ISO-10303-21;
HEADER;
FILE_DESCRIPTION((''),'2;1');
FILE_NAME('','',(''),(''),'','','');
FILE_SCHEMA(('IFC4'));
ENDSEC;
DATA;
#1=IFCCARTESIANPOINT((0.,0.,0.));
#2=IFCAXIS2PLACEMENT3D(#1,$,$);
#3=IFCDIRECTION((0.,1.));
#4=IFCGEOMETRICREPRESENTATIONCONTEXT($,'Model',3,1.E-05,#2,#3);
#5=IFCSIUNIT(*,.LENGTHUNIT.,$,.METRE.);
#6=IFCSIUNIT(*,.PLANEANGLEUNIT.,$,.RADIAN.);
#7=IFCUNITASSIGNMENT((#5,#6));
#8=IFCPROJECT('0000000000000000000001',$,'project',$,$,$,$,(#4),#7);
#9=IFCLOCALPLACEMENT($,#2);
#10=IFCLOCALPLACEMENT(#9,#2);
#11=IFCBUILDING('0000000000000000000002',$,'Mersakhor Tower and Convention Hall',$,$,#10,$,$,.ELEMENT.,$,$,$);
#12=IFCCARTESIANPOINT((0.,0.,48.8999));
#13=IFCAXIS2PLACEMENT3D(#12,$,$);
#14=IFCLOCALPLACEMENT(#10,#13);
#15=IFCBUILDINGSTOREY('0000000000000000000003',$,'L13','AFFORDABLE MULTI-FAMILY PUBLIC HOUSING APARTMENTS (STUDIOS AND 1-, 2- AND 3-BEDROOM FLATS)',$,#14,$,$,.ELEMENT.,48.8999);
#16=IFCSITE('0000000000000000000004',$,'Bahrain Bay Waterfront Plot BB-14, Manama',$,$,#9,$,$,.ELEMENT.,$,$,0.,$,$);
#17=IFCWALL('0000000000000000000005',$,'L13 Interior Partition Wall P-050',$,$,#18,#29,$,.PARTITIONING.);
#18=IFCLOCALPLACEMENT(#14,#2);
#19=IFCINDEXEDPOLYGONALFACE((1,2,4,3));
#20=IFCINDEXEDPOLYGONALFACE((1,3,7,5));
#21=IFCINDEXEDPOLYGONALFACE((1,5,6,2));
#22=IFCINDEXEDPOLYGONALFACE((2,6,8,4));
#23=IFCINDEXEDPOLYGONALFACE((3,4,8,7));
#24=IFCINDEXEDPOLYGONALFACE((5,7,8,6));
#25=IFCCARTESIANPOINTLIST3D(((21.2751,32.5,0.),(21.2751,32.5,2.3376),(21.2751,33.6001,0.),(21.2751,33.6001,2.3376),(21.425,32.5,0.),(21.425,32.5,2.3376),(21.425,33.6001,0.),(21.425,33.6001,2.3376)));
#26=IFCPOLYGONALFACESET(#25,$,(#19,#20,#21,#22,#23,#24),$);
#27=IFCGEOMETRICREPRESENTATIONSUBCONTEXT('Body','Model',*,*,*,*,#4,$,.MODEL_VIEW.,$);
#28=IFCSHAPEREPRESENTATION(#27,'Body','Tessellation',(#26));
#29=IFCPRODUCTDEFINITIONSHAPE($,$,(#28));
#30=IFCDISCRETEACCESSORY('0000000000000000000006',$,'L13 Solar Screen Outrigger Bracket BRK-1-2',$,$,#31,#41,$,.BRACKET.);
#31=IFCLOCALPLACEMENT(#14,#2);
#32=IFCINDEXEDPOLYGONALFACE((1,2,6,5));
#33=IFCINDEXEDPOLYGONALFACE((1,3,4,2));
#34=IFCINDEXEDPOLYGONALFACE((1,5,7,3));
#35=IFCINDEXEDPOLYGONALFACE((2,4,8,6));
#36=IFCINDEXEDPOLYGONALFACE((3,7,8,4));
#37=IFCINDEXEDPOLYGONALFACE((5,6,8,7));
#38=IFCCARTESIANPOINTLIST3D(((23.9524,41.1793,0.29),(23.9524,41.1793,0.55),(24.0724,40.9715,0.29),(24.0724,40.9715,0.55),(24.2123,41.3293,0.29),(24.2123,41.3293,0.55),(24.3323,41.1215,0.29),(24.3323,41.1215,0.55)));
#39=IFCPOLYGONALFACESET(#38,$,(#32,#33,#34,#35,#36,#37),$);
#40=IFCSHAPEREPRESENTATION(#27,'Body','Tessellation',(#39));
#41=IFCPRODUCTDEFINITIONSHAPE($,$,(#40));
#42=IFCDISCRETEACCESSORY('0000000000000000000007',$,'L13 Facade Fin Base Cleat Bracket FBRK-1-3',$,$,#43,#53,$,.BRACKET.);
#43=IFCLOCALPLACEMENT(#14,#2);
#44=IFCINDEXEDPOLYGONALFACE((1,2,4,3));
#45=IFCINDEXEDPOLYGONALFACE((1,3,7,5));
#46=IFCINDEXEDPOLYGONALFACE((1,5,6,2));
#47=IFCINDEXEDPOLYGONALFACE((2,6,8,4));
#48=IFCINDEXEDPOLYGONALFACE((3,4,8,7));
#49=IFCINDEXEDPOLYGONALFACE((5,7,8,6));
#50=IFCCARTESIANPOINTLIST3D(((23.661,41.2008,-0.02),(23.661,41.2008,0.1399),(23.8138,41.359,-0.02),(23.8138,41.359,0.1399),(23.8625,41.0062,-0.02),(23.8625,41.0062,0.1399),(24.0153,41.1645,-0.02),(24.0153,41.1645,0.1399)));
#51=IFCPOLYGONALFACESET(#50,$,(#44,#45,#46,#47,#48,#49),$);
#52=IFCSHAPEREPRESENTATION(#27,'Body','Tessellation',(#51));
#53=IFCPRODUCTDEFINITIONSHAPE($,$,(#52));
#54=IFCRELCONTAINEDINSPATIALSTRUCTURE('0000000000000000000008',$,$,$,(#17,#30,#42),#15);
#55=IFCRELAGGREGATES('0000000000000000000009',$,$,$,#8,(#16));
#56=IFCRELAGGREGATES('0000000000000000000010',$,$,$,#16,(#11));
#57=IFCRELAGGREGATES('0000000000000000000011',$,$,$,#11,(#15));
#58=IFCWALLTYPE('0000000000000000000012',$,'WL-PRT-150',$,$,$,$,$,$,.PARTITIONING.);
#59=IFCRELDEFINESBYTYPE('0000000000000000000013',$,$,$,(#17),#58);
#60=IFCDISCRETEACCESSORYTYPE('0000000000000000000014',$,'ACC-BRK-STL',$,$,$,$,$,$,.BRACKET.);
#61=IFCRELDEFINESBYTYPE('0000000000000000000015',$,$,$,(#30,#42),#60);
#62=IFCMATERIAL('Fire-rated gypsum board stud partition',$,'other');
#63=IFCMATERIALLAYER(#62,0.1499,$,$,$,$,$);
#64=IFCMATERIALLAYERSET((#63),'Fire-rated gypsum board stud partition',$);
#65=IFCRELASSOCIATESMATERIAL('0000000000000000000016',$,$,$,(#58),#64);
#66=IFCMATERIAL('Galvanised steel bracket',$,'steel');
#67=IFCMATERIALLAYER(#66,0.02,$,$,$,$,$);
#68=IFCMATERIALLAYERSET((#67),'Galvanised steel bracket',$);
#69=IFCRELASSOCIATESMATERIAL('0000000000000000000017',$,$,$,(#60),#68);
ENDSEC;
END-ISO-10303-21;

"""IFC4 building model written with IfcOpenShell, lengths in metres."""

from ifc_helpers import new_model, si_unit, direction, frame, frame_2d, origin, origin_2d, place, context, subcontext, project, spatial, rectangle, extrude, material, layer, layer_set, type_object, element, save


model = new_model("IFC4")

# Units and contexts
model_context = context("Model", 3, precision=1e-05, world=origin(), true_north=direction((0.0, 1.0)))
body_context = subcontext(model_context, "Body", "Model", "MODEL_VIEW")
ifc_project = project(units=[si_unit("LENGTHUNIT", "METRE"), si_unit("PLANEANGLEUNIT", "RADIAN")], contexts=[model_context])

# Site, building, storey
site_placement = place(None, origin())
site = spatial("IfcSite", under=ifc_project, at=site_placement, Name="Bahrain Bay Waterfront Plot BB-14, Manama", CompositionType="ELEMENT", RefElevation=0.0)
building_placement = place(site_placement, origin())
building = spatial("IfcBuilding", under=site, at=building_placement, Name="Mersakhor Tower and Convention Hall", CompositionType="ELEMENT")
storey_placement = place(building_placement, frame((0.0, 0.0, 48.8999)))
storey = spatial("IfcBuildingStorey", under=building, at=storey_placement, Name="L13", Description="AFFORDABLE MULTI-FAMILY PUBLIC HOUSING APARTMENTS (STUDIOS AND 1-, 2- AND 3-BEDROOM FLATS)", CompositionType="ELEMENT", Elevation=48.8999)

# Shared definitions
ifc_material_1 = material(Name="Fire-rated gypsum board stud partition", Category="other")
ifc_layer_1 = layer(ifc_material_1, 0.1499)
ifc_layer_set_1 = layer_set([ifc_layer_1], Name="Fire-rated gypsum board stud partition")
wall_type_1 = type_object("IfcWallType", Name="WL-PRT-150", PredefinedType="PARTITIONING", material=ifc_layer_set_1)

# Wall
wall_1_placement = place(storey_placement, frame((21.3501, 33.6001, 0.0), z_axis=(0.0, 0.0, 1.0), x_axis=(0.0, -1.0, 0.0)))
element("IfcWall", 1, at=wall_1_placement, inside=storey, type_object=wall_type_1, Name="L13 Interior Partition Wall P-050", PredefinedType="PARTITIONING", context=body_context, shape_type="SweptSolid", body=[
    extrude(rectangle(XDim=1.1001, YDim=0.1499, at=frame_2d((0.55, 0.0))), origin(), (0.0, 0.0, 1.0), 2.3376),
])

# Discrete accessories
ifc_material_2 = material(Name="Galvanised steel bracket", Category="steel")
ifc_layer_2 = layer(ifc_material_2, 0.02)
ifc_layer_set_2 = layer_set([ifc_layer_2], Name="Galvanised steel bracket")
discrete_accessory_type = type_object("IfcDiscreteAccessoryType", Name="ACC-BRK-STL", PredefinedType="BRACKET", material=ifc_layer_set_2)
discrete_accessory_1_placement = place(storey_placement, frame((24.1423, 41.1504, 0.29), z_axis=(0.0, 0.0, 1.0), x_axis=(0.866025, 0.5, 0.0)))
element("IfcDiscreteAccessory", 2, at=discrete_accessory_1_placement, inside=storey, type_object=discrete_accessory_type, Name="L13 Solar Screen Outrigger Bracket BRK-1-2", PredefinedType="BRACKET", context=body_context, shape_type="SweptSolid", body=[
    extrude(rectangle(XDim=0.3, YDim=0.24, at=origin_2d()), origin(), (0.0, 0.0, 1.0), 0.26),
])
discrete_accessory_2_placement = place(storey_placement, frame((23.8381, 41.1826, -0.02), z_axis=(0.0, 0.0, 1.0), x_axis=(-0.71934, 0.694658, 0.0)))
element("IfcDiscreteAccessory", 3, at=discrete_accessory_2_placement, inside=storey, type_object=discrete_accessory_type, Name="L13 Facade Fin Base Cleat Bracket FBRK-1-3", PredefinedType="BRACKET", context=body_context, shape_type="SweptSolid", body=[
    extrude(rectangle(XDim=0.28, YDim=0.22, at=origin_2d()), origin(), (0.0, 0.0, 1.0), 0.1599),
])

save(model, "model.ifc")
